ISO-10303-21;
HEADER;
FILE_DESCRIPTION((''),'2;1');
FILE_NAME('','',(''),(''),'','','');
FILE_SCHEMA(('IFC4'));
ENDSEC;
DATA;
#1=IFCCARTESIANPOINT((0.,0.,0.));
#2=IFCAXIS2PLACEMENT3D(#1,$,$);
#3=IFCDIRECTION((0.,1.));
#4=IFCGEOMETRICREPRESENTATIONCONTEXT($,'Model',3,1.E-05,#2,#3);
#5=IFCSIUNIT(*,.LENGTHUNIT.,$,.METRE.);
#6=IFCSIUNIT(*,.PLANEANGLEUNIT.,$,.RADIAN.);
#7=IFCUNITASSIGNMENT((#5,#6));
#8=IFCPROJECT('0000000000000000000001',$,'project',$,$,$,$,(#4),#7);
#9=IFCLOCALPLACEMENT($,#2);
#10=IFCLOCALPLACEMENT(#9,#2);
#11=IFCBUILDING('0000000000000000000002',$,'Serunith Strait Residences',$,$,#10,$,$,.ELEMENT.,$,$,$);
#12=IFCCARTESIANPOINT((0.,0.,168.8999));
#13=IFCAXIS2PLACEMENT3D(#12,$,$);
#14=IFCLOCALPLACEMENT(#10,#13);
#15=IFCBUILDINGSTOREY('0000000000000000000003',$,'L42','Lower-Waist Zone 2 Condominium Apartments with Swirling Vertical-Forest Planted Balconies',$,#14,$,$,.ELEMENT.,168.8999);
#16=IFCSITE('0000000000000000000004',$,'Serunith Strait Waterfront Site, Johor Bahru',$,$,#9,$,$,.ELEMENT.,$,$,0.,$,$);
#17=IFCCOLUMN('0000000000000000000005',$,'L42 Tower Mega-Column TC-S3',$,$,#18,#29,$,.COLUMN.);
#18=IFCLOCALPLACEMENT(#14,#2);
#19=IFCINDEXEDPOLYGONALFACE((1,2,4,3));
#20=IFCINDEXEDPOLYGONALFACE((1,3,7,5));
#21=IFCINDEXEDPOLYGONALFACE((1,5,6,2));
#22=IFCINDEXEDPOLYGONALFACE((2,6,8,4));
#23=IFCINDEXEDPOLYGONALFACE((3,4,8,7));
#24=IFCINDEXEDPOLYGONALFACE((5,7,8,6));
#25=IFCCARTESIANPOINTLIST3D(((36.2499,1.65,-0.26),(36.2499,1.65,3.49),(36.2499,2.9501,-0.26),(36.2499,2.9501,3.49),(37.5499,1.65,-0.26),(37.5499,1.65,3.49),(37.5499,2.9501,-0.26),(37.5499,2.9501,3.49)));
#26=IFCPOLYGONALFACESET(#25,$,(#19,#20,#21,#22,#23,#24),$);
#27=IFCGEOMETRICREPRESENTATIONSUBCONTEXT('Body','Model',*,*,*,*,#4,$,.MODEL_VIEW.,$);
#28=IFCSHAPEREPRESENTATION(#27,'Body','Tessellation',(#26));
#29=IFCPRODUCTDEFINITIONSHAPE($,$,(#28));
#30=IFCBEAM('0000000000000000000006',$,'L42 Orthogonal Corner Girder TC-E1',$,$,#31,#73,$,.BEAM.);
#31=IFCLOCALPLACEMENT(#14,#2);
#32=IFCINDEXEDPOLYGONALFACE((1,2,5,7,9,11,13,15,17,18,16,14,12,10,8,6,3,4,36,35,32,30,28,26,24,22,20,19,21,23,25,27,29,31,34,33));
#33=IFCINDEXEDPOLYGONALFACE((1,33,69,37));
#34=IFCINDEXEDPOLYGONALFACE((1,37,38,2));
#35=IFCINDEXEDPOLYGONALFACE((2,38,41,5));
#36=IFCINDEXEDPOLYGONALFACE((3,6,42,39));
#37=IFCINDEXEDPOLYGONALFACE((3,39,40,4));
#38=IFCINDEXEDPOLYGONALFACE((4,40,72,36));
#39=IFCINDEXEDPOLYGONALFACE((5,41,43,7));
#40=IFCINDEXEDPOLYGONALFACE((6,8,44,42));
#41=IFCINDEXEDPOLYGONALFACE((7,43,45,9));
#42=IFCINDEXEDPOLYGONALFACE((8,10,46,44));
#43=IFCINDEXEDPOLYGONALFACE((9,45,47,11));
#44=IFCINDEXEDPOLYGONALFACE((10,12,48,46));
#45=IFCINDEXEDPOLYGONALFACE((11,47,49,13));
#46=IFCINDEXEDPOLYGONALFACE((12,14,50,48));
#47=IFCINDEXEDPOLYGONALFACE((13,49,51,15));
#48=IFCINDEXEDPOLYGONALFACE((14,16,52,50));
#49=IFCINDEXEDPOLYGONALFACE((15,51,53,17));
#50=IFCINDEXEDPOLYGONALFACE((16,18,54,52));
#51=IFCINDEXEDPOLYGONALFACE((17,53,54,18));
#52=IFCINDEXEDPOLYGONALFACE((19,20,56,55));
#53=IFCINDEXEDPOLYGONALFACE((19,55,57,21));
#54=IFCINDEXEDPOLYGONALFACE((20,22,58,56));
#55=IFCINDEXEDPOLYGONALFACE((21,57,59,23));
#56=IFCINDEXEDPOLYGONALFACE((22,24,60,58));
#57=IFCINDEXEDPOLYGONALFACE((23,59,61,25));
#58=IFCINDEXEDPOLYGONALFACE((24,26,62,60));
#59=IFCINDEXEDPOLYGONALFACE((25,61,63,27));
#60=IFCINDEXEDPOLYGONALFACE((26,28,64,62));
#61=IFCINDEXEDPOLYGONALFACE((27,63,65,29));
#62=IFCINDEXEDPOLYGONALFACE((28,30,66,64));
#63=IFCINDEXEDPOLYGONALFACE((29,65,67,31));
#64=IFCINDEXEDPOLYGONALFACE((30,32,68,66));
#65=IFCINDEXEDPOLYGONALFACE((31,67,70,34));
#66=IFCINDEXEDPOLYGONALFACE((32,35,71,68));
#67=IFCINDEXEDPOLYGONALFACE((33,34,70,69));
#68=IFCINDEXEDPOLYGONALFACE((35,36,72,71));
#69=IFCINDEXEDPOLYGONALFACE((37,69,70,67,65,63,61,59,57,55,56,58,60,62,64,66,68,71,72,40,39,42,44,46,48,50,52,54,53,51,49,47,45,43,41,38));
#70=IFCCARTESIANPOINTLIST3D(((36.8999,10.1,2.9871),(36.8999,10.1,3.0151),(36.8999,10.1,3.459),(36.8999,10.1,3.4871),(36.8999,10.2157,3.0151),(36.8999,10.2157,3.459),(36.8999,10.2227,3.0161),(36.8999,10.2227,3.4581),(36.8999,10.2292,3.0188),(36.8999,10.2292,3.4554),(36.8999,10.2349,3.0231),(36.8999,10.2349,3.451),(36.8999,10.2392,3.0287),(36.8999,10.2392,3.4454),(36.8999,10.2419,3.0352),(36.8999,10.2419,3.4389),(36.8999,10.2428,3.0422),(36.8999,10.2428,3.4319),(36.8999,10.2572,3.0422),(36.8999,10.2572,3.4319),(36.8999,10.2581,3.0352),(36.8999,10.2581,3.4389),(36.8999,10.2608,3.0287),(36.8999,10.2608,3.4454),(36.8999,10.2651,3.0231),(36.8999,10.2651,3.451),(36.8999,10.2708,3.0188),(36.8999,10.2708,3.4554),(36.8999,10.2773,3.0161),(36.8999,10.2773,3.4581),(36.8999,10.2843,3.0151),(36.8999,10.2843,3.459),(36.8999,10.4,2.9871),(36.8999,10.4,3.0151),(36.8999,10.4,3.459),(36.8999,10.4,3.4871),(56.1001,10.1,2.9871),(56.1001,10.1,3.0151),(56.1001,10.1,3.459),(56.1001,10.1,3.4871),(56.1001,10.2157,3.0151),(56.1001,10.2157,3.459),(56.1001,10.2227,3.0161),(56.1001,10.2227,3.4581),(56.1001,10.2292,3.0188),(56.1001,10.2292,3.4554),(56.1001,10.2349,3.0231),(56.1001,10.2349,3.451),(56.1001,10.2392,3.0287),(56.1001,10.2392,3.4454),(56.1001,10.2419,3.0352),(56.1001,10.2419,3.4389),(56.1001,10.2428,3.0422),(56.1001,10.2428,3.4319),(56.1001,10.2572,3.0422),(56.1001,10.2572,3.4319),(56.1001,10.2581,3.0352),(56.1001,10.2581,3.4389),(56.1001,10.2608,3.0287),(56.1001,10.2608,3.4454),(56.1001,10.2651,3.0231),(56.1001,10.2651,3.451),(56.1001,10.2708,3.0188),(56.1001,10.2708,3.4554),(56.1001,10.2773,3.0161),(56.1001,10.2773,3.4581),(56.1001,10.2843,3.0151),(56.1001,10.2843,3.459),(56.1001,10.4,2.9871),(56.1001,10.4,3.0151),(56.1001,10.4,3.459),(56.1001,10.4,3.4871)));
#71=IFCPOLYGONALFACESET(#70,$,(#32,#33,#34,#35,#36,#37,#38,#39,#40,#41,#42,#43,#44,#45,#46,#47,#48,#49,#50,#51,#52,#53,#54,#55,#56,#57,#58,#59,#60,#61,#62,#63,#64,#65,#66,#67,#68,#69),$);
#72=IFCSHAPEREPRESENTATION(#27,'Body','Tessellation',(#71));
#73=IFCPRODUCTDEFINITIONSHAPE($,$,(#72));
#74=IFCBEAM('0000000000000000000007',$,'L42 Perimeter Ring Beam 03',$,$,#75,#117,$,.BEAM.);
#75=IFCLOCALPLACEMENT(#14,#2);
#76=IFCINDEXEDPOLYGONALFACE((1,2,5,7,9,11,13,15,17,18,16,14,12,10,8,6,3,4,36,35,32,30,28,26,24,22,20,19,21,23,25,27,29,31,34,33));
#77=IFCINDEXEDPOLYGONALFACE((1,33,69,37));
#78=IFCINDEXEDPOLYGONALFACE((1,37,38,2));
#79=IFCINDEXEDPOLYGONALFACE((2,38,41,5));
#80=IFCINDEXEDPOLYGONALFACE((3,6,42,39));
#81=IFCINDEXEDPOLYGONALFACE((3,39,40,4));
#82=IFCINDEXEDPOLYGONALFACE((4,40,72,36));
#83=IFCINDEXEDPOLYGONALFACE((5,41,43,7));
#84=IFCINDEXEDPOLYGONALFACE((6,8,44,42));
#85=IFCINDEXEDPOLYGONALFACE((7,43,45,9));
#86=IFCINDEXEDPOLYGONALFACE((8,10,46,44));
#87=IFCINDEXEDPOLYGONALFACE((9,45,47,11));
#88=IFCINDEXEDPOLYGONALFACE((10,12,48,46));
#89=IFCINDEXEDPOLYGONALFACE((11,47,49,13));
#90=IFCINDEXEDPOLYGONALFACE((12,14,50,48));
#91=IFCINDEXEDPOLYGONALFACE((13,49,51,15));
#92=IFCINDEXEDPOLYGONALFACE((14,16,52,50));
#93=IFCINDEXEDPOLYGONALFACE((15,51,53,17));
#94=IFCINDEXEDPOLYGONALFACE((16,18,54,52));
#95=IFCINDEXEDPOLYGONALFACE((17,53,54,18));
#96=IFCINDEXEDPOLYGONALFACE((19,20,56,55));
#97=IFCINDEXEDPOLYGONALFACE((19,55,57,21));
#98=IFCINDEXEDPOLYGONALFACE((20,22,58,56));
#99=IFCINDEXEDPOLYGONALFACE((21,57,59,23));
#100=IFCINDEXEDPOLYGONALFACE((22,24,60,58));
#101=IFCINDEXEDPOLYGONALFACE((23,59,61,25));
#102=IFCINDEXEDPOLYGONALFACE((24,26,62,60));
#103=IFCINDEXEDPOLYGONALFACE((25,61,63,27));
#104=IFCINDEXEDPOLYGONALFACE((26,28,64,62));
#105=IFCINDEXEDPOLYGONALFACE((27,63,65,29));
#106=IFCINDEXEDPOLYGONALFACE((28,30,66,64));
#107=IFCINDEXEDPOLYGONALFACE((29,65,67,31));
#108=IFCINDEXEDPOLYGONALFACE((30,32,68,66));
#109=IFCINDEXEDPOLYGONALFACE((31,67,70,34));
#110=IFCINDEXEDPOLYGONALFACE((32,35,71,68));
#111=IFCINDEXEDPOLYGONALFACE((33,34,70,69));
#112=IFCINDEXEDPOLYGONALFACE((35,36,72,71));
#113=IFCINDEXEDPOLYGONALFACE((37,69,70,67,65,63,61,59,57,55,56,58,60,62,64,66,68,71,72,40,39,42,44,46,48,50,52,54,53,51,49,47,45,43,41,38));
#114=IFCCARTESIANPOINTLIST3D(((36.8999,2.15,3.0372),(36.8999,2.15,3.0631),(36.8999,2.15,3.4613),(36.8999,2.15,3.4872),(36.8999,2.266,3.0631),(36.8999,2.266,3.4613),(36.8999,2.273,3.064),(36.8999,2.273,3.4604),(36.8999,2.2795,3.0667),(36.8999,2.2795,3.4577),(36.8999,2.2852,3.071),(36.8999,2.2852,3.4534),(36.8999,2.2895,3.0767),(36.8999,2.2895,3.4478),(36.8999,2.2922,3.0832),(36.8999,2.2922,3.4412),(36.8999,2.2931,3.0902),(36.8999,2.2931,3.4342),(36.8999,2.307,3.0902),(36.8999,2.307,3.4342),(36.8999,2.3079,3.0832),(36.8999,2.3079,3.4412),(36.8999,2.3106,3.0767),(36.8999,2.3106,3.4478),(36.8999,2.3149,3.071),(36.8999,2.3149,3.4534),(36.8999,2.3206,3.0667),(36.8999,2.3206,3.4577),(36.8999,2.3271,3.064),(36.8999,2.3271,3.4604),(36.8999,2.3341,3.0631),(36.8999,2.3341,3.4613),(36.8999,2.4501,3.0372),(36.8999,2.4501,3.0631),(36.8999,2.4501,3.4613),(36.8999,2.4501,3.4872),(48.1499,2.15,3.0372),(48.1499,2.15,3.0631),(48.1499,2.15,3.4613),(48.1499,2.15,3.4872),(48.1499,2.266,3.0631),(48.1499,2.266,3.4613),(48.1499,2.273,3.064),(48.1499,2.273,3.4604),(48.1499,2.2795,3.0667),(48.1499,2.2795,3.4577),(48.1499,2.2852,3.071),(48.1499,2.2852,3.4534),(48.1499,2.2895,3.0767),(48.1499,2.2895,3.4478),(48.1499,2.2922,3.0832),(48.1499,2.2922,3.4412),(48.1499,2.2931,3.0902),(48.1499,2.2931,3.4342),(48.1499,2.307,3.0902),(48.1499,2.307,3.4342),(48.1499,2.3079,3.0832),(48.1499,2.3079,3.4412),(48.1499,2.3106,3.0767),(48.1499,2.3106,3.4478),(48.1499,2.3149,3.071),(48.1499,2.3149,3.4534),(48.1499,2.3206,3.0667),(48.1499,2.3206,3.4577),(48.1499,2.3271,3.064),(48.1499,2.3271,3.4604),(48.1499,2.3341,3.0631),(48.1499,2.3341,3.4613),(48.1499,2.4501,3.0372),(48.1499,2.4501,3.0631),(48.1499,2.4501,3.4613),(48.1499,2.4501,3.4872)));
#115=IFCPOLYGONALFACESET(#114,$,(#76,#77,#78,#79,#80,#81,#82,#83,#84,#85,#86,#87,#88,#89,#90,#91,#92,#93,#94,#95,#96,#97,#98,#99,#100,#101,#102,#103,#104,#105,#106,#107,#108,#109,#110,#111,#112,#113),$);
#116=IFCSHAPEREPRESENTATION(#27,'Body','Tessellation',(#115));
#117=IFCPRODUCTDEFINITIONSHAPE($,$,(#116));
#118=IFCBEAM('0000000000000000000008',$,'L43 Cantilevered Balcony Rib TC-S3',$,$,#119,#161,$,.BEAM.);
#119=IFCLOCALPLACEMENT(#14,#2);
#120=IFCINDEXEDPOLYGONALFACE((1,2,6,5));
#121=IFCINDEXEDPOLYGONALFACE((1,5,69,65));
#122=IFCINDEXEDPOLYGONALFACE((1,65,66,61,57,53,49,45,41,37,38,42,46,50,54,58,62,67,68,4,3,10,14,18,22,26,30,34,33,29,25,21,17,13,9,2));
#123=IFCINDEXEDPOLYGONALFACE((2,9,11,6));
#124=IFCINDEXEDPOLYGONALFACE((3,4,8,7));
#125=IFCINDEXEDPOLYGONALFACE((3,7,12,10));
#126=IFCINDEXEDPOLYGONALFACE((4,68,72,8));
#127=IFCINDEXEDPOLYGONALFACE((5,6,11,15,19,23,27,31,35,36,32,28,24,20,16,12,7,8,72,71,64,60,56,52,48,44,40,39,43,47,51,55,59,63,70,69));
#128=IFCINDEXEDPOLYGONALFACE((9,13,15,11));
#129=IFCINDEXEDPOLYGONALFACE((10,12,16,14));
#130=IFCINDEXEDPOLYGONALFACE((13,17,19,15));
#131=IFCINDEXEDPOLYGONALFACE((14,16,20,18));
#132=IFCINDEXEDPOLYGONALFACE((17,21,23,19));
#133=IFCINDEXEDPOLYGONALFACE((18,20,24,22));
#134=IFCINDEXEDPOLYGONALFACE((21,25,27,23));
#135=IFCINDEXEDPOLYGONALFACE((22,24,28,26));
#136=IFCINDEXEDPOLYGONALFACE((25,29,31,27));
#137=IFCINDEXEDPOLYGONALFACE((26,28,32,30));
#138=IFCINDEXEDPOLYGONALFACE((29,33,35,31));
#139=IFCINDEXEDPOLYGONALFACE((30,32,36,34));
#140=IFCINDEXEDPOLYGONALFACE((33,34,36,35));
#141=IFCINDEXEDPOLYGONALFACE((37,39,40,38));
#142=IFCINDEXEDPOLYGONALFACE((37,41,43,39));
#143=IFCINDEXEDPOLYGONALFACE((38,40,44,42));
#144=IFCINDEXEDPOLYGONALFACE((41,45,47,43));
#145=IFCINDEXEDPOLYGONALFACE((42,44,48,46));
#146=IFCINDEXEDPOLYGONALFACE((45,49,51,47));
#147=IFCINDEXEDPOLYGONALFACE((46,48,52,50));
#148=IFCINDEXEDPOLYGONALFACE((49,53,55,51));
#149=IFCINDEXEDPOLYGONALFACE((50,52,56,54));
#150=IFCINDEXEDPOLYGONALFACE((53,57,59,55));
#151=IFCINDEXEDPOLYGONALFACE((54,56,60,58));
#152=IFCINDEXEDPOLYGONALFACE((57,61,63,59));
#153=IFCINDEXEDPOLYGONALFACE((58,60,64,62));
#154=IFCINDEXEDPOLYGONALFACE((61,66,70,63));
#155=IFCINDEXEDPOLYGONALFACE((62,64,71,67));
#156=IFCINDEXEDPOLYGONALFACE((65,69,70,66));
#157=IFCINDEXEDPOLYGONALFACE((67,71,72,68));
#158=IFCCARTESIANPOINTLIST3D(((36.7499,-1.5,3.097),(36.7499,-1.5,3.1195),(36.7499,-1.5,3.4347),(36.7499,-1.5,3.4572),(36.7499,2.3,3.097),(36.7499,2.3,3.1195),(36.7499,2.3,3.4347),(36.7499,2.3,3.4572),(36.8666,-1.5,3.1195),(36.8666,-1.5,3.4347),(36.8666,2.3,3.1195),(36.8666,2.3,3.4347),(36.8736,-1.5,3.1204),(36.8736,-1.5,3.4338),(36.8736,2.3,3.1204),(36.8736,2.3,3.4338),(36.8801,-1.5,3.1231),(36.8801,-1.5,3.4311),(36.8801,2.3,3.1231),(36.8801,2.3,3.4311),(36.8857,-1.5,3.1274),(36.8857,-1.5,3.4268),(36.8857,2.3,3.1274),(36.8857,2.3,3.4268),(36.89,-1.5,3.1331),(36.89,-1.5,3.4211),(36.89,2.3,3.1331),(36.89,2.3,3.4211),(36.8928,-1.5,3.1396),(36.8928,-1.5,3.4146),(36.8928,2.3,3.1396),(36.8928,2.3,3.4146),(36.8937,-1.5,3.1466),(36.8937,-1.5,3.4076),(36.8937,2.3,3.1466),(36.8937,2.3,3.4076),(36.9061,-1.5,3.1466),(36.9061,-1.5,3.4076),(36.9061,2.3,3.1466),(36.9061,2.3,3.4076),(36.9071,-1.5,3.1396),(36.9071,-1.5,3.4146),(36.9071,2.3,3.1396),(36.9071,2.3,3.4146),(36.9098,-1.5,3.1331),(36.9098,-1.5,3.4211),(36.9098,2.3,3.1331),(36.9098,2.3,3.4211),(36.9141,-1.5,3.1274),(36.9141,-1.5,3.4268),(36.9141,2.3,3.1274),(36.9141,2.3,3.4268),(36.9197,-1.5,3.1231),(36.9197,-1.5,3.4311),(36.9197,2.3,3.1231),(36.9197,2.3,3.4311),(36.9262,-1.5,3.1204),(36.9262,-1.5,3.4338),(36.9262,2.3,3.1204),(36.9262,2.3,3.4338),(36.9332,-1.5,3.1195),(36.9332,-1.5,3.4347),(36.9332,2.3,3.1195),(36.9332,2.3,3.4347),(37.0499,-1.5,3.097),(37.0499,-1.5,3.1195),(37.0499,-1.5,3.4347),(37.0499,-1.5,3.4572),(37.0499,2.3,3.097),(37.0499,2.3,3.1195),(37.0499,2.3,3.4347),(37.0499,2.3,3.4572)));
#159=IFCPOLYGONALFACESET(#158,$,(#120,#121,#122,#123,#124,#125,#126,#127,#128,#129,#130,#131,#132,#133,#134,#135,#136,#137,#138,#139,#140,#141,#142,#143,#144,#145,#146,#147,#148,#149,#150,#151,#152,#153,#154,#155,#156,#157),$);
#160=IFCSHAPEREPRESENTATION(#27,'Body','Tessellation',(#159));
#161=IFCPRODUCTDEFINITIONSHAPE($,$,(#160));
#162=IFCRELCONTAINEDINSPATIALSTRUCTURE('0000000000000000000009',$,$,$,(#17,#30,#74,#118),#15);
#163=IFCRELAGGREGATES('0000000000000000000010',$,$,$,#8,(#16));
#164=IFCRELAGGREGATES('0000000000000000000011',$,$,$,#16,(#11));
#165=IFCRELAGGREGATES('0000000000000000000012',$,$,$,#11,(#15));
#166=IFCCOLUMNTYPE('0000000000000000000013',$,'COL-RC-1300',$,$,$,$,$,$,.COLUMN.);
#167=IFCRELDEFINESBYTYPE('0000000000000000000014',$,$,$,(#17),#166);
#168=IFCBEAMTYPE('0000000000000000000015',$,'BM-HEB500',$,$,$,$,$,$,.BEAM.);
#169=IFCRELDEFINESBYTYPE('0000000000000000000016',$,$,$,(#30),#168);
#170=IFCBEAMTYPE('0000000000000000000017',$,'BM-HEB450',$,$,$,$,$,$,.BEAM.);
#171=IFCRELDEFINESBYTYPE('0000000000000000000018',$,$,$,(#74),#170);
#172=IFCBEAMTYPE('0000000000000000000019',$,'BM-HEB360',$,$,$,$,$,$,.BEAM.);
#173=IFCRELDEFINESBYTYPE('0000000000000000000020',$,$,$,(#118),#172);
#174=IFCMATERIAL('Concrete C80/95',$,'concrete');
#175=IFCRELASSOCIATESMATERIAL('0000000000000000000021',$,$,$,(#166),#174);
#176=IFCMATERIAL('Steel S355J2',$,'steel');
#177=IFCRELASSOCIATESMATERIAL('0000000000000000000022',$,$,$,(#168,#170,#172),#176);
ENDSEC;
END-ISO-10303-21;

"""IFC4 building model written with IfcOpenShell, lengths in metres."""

from ifc_helpers import new_model, si_unit, direction, frame, origin, origin_2d, place, context, subcontext, project, spatial, rectangle, i_section, extrude, source, transform, mapped, material, material_profile, profile_set, type_object, element, save


model = new_model("IFC4")

# Units and contexts
model_context = context("Model", 3, precision=1e-05, world=origin(), true_north=direction((0.0, 1.0)))
body_context = subcontext(model_context, "Body", "Model", "MODEL_VIEW")
ifc_project = project(units=[si_unit("LENGTHUNIT", "METRE"), si_unit("PLANEANGLEUNIT", "RADIAN")], contexts=[model_context])

# Site, building, storey
site_placement = place(None, origin())
site = spatial("IfcSite", under=ifc_project, at=site_placement, Name="Serunith Strait Waterfront Site, Johor Bahru", CompositionType="ELEMENT", RefElevation=0.0)
building_placement = place(site_placement, origin())
building = spatial("IfcBuilding", under=site, at=building_placement, Name="Serunith Strait Residences", CompositionType="ELEMENT")
storey_placement = place(building_placement, frame((0.0, 0.0, 168.8999)))
storey = spatial("IfcBuildingStorey", under=building, at=storey_placement, Name="L42", Description="Lower-Waist Zone 2 Condominium Apartments with Swirling Vertical-Forest Planted Balconies", CompositionType="ELEMENT", Elevation=168.8999)

# Column
ifc_material_1 = material(Name="Concrete C80/95", Category="concrete")
ifc_material_profile_1 = material_profile(ifc_material_1, rectangle(XDim=1.3, YDim=1.3, at=origin_2d()), Name="RC 1300x1300")
ifc_profile_set_1 = profile_set([ifc_material_profile_1], Name="Concrete C80/95")
column_type = type_object("IfcColumnType", Name="COL-RC-1300", PredefinedType="COLUMN", material=ifc_profile_set_1)
shared_shape_1 = source(origin(), body_context, "Body", "SweptSolid", [
    extrude(rectangle(XDim=1.3, YDim=1.3, at=origin_2d()), origin(), (0.0, 0.0, 1.0), 3.75),
])
column_placement = place(storey_placement, frame((36.8999, 2.3, -0.26), z_axis=(0.0, 0.0, 1.0), x_axis=(1.0, 0.0, 0.0)))
element("IfcColumn", 1, at=column_placement, inside=storey, type_object=column_type, Name="L42 Tower Mega-Column TC-S3", PredefinedType="COLUMN", context=body_context, shape_type="MappedRepresentation", body=[
    mapped(shared_shape_1, transform((0.0, 0.0, 0.0), scale=1.0)),
])

# Beams
ifc_material_2 = material(Name="Steel S355J2", Category="steel")
ifc_material_profile_2 = material_profile(ifc_material_2, i_section(OverallWidth=0.3, OverallDepth=0.5, WebThickness=0.0144, FlangeThickness=0.0281, FilletRadius=0.0271, at=origin_2d()), Name="HEB 500")
ifc_profile_set_2 = profile_set([ifc_material_profile_2], Name="Steel S355J2")
beam_type_1 = type_object("IfcBeamType", Name="BM-HEB500", PredefinedType="BEAM", material=ifc_profile_set_2)
shared_shape_2 = source(origin(), body_context, "Body", "SweptSolid", [
    extrude(i_section(OverallWidth=0.3, OverallDepth=0.5, WebThickness=0.0144, FlangeThickness=0.0281, FilletRadius=0.0271, at=origin_2d()), origin(), (0.0, 0.0, 1.0), 19.2002),
])
beam_1_placement = place(storey_placement, frame((36.8999, 10.25, 3.2371), z_axis=(1.0, 0.0, 0.0), x_axis=(0.0, 1.0, 0.0)))
element("IfcBeam", 2, at=beam_1_placement, inside=storey, type_object=beam_type_1, Name="L42 Orthogonal Corner Girder TC-E1", PredefinedType="BEAM", context=body_context, shape_type="MappedRepresentation", body=[
    mapped(shared_shape_2, transform((0.0, 0.0, 0.0), scale=1.0)),
])
ifc_material_profile_3 = material_profile(ifc_material_2, i_section(OverallWidth=0.3, OverallDepth=0.45, WebThickness=0.0139, FlangeThickness=0.0259, FilletRadius=0.0271, at=origin_2d()), Name="HEB 450")
ifc_profile_set_3 = profile_set([ifc_material_profile_3], Name="Steel S355J2")
beam_type_2 = type_object("IfcBeamType", Name="BM-HEB450", PredefinedType="BEAM", material=ifc_profile_set_3)
shared_shape_3 = source(origin(), body_context, "Body", "SweptSolid", [
    extrude(i_section(OverallWidth=0.3, OverallDepth=0.45, WebThickness=0.0139, FlangeThickness=0.0259, FilletRadius=0.0271, at=origin_2d()), origin(), (0.0, 0.0, 1.0), 11.25),
])
beam_2_placement = place(storey_placement, frame((36.8999, 2.3, 3.2622), z_axis=(1.0, 0.0, 0.0), x_axis=(0.0, 1.0, 0.0)))
element("IfcBeam", 3, at=beam_2_placement, inside=storey, type_object=beam_type_2, Name="L42 Perimeter Ring Beam 03", PredefinedType="BEAM", context=body_context, shape_type="MappedRepresentation", body=[
    mapped(shared_shape_3, transform((0.0, 0.0, 0.0), scale=1.0)),
])
ifc_material_profile_4 = material_profile(ifc_material_2, i_section(OverallWidth=0.3, OverallDepth=0.3601, WebThickness=0.0125, FlangeThickness=0.0225, FilletRadius=0.0271, at=origin_2d()), Name="HEB 360")
ifc_profile_set_4 = profile_set([ifc_material_profile_4], Name="Steel S355J2")
beam_type_3 = type_object("IfcBeamType", Name="BM-HEB360", PredefinedType="BEAM", material=ifc_profile_set_4)
shared_shape_4 = source(origin(), body_context, "Body", "SweptSolid", [
    extrude(i_section(OverallWidth=0.3, OverallDepth=0.3601, WebThickness=0.0125, FlangeThickness=0.0225, FilletRadius=0.0271, at=origin_2d()), origin(), (0.0, 0.0, 1.0), 3.8),
])
beam_3_placement = place(storey_placement, frame((36.8999, 2.3, 3.2771), z_axis=(0.0, -1.0, 0.0), x_axis=(1.0, 0.0, 0.0)))
element("IfcBeam", 4, at=beam_3_placement, inside=storey, type_object=beam_type_3, Name="L43 Cantilevered Balcony Rib TC-S3", PredefinedType="BEAM", context=body_context, shape_type="MappedRepresentation", body=[
    mapped(shared_shape_4, transform((0.0, 0.0, 0.0), scale=1.0)),
])

save(model, "model.ifc")
